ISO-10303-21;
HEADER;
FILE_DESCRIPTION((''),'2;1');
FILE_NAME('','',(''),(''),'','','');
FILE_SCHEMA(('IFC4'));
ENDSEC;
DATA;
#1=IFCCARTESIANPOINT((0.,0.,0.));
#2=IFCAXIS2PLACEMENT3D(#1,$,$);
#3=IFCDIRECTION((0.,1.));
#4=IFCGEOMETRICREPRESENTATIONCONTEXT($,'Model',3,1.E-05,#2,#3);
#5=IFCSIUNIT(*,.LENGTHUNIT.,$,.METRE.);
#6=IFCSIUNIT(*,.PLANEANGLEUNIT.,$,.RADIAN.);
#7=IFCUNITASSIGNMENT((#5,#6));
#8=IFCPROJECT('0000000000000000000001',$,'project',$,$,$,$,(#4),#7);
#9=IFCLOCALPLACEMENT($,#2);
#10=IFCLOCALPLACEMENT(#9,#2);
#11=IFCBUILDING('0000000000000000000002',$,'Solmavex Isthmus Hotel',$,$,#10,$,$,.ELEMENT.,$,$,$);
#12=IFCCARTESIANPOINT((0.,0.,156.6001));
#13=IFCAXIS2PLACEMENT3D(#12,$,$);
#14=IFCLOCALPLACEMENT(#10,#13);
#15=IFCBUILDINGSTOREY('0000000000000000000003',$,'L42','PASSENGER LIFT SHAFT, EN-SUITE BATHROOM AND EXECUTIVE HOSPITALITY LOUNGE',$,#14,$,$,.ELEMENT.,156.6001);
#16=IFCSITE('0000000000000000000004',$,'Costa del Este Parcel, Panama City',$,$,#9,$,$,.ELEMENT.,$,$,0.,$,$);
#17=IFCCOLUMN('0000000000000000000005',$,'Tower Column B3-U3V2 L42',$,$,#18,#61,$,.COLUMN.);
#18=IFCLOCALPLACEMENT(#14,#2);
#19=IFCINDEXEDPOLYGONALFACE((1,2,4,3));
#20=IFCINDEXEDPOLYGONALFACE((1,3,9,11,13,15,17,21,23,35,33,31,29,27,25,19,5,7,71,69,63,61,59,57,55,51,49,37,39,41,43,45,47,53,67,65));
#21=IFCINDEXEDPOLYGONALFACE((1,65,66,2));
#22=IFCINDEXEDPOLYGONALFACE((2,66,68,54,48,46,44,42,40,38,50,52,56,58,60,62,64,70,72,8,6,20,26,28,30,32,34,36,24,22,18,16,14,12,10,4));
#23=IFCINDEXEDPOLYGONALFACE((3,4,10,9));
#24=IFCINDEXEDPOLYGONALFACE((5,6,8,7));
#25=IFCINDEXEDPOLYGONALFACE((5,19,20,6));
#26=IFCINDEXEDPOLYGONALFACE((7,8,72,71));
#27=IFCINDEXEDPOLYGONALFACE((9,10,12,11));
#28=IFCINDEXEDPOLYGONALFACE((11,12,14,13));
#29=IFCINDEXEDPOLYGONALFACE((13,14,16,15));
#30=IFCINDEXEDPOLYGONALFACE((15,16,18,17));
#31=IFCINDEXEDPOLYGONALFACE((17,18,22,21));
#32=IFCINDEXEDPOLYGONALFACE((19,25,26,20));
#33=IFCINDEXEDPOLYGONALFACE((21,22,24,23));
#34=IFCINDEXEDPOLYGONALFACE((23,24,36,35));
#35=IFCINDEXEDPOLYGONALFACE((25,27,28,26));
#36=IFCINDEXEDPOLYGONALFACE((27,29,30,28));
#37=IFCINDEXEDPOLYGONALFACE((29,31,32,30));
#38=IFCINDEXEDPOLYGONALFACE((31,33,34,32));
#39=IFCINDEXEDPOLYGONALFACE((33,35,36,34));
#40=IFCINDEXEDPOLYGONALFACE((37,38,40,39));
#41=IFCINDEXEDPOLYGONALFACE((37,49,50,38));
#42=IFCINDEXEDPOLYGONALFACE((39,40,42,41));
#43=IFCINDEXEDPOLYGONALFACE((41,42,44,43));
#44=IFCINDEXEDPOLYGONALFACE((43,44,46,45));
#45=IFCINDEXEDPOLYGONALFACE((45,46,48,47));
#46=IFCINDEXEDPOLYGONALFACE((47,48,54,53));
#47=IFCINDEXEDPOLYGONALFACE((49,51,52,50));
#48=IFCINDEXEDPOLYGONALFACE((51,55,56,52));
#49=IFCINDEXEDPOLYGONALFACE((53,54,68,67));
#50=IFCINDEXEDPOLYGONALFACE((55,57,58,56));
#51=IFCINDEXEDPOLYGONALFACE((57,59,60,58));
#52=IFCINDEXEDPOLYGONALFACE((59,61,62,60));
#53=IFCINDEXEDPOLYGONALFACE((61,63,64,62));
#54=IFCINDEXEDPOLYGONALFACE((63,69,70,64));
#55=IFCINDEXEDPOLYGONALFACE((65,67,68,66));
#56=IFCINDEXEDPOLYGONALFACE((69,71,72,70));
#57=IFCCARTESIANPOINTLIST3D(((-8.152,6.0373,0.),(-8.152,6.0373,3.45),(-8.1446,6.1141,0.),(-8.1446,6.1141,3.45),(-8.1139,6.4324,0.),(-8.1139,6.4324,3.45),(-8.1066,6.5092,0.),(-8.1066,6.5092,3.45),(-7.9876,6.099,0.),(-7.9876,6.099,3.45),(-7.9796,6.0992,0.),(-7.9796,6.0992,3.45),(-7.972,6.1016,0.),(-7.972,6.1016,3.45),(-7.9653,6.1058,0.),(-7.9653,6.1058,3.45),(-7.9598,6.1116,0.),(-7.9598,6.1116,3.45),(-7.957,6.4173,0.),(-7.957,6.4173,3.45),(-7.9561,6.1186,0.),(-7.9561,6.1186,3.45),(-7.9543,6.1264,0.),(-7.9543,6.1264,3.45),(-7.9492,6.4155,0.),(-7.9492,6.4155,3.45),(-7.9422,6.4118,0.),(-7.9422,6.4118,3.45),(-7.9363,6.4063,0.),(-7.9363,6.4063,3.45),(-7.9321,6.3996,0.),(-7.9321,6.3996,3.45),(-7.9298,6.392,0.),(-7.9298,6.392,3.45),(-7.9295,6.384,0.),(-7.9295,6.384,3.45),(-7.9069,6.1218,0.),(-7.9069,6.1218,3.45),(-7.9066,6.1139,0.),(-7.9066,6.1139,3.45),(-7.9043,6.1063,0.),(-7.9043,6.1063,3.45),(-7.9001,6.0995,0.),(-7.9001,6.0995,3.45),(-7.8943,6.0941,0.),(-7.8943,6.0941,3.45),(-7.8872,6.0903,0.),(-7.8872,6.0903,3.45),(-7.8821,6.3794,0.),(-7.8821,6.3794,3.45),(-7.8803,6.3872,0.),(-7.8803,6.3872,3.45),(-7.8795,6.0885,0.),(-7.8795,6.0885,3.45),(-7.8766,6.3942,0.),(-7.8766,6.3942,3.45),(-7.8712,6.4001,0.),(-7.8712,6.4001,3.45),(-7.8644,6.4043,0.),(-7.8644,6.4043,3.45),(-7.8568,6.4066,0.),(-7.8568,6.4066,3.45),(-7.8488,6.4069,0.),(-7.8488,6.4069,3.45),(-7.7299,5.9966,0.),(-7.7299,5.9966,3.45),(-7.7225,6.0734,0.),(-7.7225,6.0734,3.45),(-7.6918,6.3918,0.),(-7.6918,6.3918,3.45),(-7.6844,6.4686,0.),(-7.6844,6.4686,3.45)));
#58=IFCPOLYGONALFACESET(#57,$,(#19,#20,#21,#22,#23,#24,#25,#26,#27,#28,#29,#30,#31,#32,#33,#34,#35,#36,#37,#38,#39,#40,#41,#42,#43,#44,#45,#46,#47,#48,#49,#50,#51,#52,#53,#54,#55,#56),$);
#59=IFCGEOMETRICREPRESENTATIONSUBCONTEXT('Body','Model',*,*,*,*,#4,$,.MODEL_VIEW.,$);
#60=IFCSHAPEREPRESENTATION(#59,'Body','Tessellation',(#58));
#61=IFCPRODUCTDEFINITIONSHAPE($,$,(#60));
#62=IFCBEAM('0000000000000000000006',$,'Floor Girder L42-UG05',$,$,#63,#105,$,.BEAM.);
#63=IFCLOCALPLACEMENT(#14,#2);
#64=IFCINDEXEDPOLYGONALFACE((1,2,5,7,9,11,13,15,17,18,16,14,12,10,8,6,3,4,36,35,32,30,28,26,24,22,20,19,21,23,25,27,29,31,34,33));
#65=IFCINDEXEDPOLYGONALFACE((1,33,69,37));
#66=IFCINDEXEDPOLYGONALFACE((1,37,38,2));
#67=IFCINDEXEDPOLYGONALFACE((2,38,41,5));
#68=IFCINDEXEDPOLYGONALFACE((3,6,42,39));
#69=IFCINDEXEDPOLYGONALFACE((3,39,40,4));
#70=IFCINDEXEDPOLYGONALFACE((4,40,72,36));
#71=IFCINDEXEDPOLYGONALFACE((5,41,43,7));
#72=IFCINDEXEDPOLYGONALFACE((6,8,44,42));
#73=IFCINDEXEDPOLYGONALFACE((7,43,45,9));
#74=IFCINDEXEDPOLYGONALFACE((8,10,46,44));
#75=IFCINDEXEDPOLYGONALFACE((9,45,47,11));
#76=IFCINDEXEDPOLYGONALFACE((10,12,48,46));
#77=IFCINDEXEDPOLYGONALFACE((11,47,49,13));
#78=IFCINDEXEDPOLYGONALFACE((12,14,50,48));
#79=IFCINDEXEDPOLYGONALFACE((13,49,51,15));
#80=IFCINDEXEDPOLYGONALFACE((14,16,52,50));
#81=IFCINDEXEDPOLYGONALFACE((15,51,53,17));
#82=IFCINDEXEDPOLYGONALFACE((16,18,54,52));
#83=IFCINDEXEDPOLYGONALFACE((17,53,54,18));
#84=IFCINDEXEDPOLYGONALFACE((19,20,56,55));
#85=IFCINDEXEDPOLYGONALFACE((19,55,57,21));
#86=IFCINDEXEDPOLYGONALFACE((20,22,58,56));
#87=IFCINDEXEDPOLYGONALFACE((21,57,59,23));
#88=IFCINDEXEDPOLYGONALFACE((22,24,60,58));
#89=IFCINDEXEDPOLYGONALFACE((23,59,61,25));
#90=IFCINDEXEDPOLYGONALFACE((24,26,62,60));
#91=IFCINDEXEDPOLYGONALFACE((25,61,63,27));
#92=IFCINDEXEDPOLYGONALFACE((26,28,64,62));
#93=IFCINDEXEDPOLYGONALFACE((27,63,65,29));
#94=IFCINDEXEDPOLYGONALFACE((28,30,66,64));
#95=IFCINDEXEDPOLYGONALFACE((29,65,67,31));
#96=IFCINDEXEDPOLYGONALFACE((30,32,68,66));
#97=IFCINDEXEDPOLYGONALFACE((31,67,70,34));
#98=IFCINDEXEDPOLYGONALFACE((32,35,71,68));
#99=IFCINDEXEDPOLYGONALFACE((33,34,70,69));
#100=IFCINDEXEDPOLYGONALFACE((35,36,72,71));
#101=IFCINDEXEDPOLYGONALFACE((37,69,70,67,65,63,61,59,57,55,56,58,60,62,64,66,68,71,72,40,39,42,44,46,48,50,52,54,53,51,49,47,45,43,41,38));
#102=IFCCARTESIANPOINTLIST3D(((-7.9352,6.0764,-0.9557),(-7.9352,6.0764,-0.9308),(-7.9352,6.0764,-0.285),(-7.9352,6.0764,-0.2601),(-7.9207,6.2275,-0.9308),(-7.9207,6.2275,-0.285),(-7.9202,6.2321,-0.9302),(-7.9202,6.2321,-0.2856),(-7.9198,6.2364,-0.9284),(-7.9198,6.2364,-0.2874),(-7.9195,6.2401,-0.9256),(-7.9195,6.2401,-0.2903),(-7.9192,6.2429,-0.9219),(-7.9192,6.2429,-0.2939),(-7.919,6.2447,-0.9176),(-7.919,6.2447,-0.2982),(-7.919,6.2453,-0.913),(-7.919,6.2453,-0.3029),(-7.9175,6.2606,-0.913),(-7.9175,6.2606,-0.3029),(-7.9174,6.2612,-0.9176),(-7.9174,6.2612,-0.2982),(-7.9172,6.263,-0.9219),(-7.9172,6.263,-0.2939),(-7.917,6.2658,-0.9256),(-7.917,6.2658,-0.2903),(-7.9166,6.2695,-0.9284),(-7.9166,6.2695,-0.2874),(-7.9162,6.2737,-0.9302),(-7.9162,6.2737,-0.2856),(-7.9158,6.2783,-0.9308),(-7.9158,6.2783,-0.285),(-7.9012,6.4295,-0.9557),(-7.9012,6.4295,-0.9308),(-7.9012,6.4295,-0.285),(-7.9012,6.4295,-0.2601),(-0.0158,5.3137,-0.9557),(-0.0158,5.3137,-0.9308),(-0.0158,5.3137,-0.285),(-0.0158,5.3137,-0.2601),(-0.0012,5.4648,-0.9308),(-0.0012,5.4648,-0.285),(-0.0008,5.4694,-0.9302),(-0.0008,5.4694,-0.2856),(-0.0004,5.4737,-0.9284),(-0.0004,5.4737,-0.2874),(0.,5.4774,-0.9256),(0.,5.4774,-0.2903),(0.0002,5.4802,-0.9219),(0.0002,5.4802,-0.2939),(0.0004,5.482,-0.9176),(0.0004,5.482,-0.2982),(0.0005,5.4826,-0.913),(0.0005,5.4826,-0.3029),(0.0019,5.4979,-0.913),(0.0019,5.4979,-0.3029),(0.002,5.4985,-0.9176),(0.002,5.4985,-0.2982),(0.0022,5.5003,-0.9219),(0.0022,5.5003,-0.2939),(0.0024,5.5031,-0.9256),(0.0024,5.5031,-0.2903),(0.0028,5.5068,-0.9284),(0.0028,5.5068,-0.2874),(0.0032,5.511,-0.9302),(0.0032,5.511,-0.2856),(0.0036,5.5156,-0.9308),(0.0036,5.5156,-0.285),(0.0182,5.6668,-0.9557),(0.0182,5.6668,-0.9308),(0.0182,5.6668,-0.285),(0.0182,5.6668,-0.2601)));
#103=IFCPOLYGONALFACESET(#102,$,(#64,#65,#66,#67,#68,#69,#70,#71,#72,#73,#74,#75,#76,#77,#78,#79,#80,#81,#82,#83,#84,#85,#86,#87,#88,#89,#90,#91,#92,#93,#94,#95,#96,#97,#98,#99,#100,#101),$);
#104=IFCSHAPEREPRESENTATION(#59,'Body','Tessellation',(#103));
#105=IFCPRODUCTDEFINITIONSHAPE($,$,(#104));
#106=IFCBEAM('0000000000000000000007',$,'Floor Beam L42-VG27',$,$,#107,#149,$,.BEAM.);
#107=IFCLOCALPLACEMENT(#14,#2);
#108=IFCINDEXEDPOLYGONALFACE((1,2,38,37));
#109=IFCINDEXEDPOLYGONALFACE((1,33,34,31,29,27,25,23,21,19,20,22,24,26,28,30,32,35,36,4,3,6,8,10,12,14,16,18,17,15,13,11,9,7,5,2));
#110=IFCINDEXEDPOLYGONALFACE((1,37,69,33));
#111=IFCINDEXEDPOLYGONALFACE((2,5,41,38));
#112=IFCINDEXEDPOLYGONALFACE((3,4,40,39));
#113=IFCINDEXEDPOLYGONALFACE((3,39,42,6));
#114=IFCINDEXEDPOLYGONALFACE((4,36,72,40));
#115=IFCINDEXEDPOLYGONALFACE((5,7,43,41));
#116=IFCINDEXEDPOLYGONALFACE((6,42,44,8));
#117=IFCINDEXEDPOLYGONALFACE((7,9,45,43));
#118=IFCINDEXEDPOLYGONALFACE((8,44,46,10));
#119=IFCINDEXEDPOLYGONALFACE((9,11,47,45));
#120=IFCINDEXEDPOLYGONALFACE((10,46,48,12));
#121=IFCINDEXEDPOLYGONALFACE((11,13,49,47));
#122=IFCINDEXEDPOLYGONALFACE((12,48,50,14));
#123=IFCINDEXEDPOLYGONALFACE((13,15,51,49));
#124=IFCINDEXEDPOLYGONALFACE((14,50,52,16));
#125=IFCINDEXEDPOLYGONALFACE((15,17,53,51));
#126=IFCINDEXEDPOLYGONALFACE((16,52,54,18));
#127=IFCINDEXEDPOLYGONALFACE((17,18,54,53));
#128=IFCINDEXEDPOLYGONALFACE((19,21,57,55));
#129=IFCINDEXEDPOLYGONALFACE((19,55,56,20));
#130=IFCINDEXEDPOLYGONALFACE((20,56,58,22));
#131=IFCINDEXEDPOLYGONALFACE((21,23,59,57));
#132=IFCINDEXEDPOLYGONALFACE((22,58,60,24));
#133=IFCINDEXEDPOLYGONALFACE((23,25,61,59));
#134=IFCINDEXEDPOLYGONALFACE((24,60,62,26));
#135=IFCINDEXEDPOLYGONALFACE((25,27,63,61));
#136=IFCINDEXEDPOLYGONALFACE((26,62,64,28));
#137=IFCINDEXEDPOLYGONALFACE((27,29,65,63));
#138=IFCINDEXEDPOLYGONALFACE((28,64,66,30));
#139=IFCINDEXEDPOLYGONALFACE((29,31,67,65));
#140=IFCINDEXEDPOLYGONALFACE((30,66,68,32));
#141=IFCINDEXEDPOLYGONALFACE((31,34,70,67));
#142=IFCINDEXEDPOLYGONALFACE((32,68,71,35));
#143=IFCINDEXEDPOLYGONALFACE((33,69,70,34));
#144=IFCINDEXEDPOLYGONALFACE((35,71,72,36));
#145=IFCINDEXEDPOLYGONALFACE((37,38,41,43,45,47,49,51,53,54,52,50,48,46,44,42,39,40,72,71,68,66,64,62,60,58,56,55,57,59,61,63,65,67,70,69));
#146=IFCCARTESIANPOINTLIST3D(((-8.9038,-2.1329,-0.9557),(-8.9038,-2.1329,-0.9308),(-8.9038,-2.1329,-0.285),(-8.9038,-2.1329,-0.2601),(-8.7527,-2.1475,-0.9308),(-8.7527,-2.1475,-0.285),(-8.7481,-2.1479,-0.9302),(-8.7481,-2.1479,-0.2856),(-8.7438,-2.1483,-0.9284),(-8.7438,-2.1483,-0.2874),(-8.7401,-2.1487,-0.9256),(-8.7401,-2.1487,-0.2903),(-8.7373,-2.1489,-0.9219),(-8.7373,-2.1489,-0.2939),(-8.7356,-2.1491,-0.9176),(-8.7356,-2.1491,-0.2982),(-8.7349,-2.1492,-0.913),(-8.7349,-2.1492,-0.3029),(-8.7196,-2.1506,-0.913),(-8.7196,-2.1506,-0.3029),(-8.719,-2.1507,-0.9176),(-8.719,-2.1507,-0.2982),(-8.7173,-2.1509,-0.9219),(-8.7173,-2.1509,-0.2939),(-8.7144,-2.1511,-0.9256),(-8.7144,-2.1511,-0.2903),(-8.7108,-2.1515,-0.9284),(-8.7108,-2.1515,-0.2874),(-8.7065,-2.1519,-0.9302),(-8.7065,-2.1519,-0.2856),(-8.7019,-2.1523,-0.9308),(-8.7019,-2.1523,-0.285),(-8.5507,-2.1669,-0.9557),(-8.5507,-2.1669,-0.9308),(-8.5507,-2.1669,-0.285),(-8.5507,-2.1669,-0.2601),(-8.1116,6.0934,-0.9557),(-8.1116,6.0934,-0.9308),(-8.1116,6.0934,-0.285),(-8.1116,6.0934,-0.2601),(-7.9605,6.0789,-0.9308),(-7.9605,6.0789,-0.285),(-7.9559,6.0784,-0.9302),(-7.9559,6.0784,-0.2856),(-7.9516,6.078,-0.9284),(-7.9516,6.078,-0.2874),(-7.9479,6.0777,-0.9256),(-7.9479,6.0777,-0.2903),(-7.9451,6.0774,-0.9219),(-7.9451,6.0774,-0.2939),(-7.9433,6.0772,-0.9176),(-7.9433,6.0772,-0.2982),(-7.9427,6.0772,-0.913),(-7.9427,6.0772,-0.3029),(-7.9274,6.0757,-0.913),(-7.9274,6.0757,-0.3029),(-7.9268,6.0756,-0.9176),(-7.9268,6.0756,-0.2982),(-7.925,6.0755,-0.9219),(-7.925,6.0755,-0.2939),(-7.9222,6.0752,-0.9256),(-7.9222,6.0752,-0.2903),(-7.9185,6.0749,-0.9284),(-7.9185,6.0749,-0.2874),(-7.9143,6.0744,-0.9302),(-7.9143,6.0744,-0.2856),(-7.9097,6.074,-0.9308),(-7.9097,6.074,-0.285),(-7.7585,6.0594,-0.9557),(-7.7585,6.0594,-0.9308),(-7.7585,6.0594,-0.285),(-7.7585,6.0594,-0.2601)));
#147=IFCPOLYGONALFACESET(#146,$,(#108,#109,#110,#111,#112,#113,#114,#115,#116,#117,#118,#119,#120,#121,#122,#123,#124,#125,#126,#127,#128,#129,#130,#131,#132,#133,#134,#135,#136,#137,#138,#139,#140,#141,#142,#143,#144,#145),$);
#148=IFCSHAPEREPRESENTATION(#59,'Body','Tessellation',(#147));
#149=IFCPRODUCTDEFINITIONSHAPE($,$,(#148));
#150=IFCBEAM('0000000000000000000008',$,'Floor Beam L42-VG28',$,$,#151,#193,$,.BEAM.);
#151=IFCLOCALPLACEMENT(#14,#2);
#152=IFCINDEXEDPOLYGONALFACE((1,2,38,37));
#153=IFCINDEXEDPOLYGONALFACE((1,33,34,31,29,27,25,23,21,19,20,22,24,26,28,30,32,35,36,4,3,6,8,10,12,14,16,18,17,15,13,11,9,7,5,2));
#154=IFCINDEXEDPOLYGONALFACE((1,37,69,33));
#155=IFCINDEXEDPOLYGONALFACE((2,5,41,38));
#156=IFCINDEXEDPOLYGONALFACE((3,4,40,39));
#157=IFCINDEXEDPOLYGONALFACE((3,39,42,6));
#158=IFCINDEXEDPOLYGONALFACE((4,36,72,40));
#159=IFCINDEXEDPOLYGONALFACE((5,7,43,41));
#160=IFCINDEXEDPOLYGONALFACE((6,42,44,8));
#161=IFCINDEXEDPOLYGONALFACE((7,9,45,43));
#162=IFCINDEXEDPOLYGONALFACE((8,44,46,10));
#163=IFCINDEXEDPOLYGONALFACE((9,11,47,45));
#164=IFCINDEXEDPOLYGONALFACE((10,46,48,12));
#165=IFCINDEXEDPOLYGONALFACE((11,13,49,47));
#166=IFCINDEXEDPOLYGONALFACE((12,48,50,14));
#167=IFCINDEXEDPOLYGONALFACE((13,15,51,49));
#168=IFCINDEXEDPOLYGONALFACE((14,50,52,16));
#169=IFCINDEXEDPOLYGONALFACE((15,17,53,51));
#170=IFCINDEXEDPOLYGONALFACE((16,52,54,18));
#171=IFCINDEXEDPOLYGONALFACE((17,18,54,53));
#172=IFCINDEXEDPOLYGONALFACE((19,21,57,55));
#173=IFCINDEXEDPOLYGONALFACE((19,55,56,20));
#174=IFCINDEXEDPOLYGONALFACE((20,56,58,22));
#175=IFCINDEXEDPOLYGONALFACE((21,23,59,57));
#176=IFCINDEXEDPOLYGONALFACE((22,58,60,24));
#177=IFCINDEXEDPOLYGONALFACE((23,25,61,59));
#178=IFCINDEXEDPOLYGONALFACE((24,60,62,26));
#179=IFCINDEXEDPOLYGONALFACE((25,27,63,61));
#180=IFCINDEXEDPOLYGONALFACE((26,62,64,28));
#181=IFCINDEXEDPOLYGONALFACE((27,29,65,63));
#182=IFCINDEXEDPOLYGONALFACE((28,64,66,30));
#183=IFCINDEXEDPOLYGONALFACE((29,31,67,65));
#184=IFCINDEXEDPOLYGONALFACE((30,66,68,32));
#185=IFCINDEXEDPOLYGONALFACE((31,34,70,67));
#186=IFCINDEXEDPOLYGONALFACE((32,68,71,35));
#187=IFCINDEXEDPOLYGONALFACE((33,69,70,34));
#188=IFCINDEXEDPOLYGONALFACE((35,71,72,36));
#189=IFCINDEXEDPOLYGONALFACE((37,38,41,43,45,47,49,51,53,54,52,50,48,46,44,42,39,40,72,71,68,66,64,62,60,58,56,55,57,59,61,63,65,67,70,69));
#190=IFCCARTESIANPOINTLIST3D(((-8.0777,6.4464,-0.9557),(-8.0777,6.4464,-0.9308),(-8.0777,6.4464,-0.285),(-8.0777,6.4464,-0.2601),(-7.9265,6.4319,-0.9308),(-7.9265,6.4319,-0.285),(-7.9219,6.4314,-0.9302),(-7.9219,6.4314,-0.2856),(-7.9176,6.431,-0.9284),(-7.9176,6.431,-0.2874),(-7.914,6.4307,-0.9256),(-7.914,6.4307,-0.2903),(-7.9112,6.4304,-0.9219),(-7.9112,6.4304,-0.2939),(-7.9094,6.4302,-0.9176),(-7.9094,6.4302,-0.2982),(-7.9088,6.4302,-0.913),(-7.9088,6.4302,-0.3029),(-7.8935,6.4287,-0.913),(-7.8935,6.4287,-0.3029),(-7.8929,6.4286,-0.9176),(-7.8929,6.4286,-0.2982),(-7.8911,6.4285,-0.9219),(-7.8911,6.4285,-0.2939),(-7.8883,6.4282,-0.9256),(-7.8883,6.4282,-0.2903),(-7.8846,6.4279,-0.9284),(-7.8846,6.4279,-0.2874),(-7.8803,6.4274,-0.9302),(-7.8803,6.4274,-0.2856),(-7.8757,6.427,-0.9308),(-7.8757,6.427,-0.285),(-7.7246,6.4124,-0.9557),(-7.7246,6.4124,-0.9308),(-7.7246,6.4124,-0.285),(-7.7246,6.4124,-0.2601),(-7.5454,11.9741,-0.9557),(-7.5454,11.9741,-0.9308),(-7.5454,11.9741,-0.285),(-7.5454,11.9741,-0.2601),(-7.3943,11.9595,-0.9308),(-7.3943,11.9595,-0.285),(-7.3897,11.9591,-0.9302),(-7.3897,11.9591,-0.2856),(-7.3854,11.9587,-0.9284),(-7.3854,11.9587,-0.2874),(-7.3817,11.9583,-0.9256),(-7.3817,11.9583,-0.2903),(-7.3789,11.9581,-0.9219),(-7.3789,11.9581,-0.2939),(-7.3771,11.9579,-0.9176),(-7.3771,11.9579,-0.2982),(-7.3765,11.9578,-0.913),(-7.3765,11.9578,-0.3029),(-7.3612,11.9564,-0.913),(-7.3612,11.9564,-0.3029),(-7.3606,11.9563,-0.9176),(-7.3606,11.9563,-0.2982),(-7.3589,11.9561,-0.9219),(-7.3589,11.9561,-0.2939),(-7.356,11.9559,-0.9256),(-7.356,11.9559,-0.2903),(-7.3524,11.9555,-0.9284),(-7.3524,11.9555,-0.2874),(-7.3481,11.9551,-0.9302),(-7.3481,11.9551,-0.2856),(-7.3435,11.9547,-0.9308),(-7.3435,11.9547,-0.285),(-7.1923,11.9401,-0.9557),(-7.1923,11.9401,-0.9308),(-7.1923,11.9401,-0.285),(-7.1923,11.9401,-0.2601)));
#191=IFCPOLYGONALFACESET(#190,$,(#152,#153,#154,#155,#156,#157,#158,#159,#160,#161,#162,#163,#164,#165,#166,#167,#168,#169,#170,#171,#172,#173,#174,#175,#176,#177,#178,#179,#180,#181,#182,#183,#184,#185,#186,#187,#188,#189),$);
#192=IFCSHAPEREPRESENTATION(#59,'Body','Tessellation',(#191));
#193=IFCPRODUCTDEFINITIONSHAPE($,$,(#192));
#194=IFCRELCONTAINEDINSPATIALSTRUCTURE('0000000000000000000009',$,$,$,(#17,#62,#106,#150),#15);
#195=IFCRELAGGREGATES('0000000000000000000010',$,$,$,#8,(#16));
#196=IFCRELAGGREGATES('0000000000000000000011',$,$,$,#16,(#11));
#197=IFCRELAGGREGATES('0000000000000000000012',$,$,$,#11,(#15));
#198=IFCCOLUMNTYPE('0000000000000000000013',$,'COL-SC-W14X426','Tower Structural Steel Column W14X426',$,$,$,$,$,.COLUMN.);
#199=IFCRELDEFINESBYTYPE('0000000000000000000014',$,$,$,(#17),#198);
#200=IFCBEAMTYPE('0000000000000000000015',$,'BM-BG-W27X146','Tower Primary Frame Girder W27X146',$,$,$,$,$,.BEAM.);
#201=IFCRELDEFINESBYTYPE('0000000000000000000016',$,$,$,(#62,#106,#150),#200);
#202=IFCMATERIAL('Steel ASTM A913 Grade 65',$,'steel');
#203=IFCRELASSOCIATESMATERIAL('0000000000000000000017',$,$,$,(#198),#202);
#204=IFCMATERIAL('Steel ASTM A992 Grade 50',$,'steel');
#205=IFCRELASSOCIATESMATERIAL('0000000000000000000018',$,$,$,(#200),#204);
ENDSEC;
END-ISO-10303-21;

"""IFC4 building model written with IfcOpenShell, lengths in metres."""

from ifc_helpers import new_model, si_unit, direction, frame, origin, origin_2d, place, context, subcontext, project, spatial, i_section, extrude, material, material_profile, profile_set, type_object, element, save


model = new_model("IFC4")

# Units and contexts
model_context = context("Model", 3, precision=1e-05, world=origin(), true_north=direction((0.0, 1.0)))
body_context = subcontext(model_context, "Body", "Model", "MODEL_VIEW")
ifc_project = project(units=[si_unit("LENGTHUNIT", "METRE"), si_unit("PLANEANGLEUNIT", "RADIAN")], contexts=[model_context])

# Site, building, storey
site_placement = place(None, origin())
site = spatial("IfcSite", under=ifc_project, at=site_placement, Name="Costa del Este Parcel, Panama City", CompositionType="ELEMENT", RefElevation=0.0)
building_placement = place(site_placement, origin())
building = spatial("IfcBuilding", under=site, at=building_placement, Name="Solmavex Isthmus Hotel", CompositionType="ELEMENT")
storey_placement = place(building_placement, frame((0.0, 0.0, 156.6001)))
storey = spatial("IfcBuildingStorey", under=building, at=storey_placement, Name="L42", Description="PASSENGER LIFT SHAFT, EN-SUITE BATHROOM AND EXECUTIVE HOSPITALITY LOUNGE", CompositionType="ELEMENT", Elevation=156.6001)

# Column
ifc_material_1 = material(Name="Steel ASTM A913 Grade 65", Category="steel")
ifc_material_profile_1 = material_profile(ifc_material_1, i_section(OverallWidth=0.4241, OverallDepth=0.4741, WebThickness=0.0476, FlangeThickness=0.0771, FilletRadius=0.0305, at=origin_2d()), Name="W14X426")
ifc_profile_set_1 = profile_set([ifc_material_profile_1], Name="Steel ASTM A913 Grade 65")
column_type = type_object("IfcColumnType", Name="COL-SC-W14X426", Description="Tower Structural Steel Column W14X426", PredefinedType="COLUMN", material=ifc_profile_set_1)
column_placement = place(storey_placement, frame((-7.9182, 6.2529, 0.0), z_axis=(0.0, 0.0, 1.0), x_axis=(0.995396, -0.095846, 0.0)))
element("IfcColumn", 1, at=column_placement, inside=storey, type_object=column_type, Name="Tower Column B3-U3V2 L42", PredefinedType="COLUMN", context=body_context, shape_type="SweptSolid", body=[
    extrude(i_section(OverallWidth=0.4241, OverallDepth=0.4741, WebThickness=0.0476, FlangeThickness=0.0771, FilletRadius=0.0305, at=origin_2d()), origin(), (0.0, 0.0, 1.0), 3.45),
])

# Beams
ifc_material_2 = material(Name="Steel ASTM A992 Grade 50", Category="steel")
ifc_material_profile_2 = material_profile(ifc_material_2, i_section(OverallWidth=0.3547, OverallDepth=0.6956, WebThickness=0.0154, FlangeThickness=0.0249, FilletRadius=0.0178, at=origin_2d()), Name="W27X146")
ifc_profile_set_2 = profile_set([ifc_material_profile_2], Name="Steel ASTM A992 Grade 50")
beam_type_1 = type_object("IfcBeamType", Name="BM-BG-W27X146", Description="Tower Primary Frame Girder W27X146", PredefinedType="BEAM", material=ifc_profile_set_2)
beam_1_placement = place(storey_placement, frame((-7.9182, 6.2529, -0.6079), z_axis=(0.995395, -0.095863, 0.0), x_axis=(0.095863, 0.995395, 0.0)))
element("IfcBeam", 2, at=beam_1_placement, inside=storey, type_object=beam_type_1, Name="Floor Girder L42-UG05", PredefinedType="BEAM", context=body_context, shape_type="SweptSolid", body=[
    extrude(i_section(OverallWidth=0.3547, OverallDepth=0.6956, WebThickness=0.0154, FlangeThickness=0.0249, FilletRadius=0.0178, at=origin_2d()), origin(), (0.0, 0.0, 1.0), 7.9561),
])
beam_2_placement = place(storey_placement, frame((-8.7273, -2.1499, -0.6079), z_axis=(0.095862, 0.995395, 0.0), x_axis=(-0.995395, 0.095862, 0.0)))
element("IfcBeam", 3, at=beam_2_placement, inside=storey, type_object=beam_type_1, Name="Floor Beam L42-VG27", PredefinedType="BEAM", context=body_context, shape_type="SweptSolid", body=[
    extrude(i_section(OverallWidth=0.3547, OverallDepth=0.6956, WebThickness=0.0154, FlangeThickness=0.0249, FilletRadius=0.0178, at=origin_2d()), origin(), (0.0, 0.0, 1.0), 8.2644),
])
beam_3_placement = place(storey_placement, frame((-7.9011, 6.4294, -0.6079), z_axis=(0.095842, 0.995397, 0.0), x_axis=(-0.995397, 0.095842, 0.0)))
element("IfcBeam", 4, at=beam_3_placement, inside=storey, type_object=beam_type_1, Name="Floor Beam L42-VG28", PredefinedType="BEAM", context=body_context, shape_type="SweptSolid", body=[
    extrude(i_section(OverallWidth=0.3547, OverallDepth=0.6956, WebThickness=0.0154, FlangeThickness=0.0249, FilletRadius=0.0178, at=origin_2d()), origin(), (0.0, 0.0, 1.0), 5.5532),
])

save(model, "model.ifc")
